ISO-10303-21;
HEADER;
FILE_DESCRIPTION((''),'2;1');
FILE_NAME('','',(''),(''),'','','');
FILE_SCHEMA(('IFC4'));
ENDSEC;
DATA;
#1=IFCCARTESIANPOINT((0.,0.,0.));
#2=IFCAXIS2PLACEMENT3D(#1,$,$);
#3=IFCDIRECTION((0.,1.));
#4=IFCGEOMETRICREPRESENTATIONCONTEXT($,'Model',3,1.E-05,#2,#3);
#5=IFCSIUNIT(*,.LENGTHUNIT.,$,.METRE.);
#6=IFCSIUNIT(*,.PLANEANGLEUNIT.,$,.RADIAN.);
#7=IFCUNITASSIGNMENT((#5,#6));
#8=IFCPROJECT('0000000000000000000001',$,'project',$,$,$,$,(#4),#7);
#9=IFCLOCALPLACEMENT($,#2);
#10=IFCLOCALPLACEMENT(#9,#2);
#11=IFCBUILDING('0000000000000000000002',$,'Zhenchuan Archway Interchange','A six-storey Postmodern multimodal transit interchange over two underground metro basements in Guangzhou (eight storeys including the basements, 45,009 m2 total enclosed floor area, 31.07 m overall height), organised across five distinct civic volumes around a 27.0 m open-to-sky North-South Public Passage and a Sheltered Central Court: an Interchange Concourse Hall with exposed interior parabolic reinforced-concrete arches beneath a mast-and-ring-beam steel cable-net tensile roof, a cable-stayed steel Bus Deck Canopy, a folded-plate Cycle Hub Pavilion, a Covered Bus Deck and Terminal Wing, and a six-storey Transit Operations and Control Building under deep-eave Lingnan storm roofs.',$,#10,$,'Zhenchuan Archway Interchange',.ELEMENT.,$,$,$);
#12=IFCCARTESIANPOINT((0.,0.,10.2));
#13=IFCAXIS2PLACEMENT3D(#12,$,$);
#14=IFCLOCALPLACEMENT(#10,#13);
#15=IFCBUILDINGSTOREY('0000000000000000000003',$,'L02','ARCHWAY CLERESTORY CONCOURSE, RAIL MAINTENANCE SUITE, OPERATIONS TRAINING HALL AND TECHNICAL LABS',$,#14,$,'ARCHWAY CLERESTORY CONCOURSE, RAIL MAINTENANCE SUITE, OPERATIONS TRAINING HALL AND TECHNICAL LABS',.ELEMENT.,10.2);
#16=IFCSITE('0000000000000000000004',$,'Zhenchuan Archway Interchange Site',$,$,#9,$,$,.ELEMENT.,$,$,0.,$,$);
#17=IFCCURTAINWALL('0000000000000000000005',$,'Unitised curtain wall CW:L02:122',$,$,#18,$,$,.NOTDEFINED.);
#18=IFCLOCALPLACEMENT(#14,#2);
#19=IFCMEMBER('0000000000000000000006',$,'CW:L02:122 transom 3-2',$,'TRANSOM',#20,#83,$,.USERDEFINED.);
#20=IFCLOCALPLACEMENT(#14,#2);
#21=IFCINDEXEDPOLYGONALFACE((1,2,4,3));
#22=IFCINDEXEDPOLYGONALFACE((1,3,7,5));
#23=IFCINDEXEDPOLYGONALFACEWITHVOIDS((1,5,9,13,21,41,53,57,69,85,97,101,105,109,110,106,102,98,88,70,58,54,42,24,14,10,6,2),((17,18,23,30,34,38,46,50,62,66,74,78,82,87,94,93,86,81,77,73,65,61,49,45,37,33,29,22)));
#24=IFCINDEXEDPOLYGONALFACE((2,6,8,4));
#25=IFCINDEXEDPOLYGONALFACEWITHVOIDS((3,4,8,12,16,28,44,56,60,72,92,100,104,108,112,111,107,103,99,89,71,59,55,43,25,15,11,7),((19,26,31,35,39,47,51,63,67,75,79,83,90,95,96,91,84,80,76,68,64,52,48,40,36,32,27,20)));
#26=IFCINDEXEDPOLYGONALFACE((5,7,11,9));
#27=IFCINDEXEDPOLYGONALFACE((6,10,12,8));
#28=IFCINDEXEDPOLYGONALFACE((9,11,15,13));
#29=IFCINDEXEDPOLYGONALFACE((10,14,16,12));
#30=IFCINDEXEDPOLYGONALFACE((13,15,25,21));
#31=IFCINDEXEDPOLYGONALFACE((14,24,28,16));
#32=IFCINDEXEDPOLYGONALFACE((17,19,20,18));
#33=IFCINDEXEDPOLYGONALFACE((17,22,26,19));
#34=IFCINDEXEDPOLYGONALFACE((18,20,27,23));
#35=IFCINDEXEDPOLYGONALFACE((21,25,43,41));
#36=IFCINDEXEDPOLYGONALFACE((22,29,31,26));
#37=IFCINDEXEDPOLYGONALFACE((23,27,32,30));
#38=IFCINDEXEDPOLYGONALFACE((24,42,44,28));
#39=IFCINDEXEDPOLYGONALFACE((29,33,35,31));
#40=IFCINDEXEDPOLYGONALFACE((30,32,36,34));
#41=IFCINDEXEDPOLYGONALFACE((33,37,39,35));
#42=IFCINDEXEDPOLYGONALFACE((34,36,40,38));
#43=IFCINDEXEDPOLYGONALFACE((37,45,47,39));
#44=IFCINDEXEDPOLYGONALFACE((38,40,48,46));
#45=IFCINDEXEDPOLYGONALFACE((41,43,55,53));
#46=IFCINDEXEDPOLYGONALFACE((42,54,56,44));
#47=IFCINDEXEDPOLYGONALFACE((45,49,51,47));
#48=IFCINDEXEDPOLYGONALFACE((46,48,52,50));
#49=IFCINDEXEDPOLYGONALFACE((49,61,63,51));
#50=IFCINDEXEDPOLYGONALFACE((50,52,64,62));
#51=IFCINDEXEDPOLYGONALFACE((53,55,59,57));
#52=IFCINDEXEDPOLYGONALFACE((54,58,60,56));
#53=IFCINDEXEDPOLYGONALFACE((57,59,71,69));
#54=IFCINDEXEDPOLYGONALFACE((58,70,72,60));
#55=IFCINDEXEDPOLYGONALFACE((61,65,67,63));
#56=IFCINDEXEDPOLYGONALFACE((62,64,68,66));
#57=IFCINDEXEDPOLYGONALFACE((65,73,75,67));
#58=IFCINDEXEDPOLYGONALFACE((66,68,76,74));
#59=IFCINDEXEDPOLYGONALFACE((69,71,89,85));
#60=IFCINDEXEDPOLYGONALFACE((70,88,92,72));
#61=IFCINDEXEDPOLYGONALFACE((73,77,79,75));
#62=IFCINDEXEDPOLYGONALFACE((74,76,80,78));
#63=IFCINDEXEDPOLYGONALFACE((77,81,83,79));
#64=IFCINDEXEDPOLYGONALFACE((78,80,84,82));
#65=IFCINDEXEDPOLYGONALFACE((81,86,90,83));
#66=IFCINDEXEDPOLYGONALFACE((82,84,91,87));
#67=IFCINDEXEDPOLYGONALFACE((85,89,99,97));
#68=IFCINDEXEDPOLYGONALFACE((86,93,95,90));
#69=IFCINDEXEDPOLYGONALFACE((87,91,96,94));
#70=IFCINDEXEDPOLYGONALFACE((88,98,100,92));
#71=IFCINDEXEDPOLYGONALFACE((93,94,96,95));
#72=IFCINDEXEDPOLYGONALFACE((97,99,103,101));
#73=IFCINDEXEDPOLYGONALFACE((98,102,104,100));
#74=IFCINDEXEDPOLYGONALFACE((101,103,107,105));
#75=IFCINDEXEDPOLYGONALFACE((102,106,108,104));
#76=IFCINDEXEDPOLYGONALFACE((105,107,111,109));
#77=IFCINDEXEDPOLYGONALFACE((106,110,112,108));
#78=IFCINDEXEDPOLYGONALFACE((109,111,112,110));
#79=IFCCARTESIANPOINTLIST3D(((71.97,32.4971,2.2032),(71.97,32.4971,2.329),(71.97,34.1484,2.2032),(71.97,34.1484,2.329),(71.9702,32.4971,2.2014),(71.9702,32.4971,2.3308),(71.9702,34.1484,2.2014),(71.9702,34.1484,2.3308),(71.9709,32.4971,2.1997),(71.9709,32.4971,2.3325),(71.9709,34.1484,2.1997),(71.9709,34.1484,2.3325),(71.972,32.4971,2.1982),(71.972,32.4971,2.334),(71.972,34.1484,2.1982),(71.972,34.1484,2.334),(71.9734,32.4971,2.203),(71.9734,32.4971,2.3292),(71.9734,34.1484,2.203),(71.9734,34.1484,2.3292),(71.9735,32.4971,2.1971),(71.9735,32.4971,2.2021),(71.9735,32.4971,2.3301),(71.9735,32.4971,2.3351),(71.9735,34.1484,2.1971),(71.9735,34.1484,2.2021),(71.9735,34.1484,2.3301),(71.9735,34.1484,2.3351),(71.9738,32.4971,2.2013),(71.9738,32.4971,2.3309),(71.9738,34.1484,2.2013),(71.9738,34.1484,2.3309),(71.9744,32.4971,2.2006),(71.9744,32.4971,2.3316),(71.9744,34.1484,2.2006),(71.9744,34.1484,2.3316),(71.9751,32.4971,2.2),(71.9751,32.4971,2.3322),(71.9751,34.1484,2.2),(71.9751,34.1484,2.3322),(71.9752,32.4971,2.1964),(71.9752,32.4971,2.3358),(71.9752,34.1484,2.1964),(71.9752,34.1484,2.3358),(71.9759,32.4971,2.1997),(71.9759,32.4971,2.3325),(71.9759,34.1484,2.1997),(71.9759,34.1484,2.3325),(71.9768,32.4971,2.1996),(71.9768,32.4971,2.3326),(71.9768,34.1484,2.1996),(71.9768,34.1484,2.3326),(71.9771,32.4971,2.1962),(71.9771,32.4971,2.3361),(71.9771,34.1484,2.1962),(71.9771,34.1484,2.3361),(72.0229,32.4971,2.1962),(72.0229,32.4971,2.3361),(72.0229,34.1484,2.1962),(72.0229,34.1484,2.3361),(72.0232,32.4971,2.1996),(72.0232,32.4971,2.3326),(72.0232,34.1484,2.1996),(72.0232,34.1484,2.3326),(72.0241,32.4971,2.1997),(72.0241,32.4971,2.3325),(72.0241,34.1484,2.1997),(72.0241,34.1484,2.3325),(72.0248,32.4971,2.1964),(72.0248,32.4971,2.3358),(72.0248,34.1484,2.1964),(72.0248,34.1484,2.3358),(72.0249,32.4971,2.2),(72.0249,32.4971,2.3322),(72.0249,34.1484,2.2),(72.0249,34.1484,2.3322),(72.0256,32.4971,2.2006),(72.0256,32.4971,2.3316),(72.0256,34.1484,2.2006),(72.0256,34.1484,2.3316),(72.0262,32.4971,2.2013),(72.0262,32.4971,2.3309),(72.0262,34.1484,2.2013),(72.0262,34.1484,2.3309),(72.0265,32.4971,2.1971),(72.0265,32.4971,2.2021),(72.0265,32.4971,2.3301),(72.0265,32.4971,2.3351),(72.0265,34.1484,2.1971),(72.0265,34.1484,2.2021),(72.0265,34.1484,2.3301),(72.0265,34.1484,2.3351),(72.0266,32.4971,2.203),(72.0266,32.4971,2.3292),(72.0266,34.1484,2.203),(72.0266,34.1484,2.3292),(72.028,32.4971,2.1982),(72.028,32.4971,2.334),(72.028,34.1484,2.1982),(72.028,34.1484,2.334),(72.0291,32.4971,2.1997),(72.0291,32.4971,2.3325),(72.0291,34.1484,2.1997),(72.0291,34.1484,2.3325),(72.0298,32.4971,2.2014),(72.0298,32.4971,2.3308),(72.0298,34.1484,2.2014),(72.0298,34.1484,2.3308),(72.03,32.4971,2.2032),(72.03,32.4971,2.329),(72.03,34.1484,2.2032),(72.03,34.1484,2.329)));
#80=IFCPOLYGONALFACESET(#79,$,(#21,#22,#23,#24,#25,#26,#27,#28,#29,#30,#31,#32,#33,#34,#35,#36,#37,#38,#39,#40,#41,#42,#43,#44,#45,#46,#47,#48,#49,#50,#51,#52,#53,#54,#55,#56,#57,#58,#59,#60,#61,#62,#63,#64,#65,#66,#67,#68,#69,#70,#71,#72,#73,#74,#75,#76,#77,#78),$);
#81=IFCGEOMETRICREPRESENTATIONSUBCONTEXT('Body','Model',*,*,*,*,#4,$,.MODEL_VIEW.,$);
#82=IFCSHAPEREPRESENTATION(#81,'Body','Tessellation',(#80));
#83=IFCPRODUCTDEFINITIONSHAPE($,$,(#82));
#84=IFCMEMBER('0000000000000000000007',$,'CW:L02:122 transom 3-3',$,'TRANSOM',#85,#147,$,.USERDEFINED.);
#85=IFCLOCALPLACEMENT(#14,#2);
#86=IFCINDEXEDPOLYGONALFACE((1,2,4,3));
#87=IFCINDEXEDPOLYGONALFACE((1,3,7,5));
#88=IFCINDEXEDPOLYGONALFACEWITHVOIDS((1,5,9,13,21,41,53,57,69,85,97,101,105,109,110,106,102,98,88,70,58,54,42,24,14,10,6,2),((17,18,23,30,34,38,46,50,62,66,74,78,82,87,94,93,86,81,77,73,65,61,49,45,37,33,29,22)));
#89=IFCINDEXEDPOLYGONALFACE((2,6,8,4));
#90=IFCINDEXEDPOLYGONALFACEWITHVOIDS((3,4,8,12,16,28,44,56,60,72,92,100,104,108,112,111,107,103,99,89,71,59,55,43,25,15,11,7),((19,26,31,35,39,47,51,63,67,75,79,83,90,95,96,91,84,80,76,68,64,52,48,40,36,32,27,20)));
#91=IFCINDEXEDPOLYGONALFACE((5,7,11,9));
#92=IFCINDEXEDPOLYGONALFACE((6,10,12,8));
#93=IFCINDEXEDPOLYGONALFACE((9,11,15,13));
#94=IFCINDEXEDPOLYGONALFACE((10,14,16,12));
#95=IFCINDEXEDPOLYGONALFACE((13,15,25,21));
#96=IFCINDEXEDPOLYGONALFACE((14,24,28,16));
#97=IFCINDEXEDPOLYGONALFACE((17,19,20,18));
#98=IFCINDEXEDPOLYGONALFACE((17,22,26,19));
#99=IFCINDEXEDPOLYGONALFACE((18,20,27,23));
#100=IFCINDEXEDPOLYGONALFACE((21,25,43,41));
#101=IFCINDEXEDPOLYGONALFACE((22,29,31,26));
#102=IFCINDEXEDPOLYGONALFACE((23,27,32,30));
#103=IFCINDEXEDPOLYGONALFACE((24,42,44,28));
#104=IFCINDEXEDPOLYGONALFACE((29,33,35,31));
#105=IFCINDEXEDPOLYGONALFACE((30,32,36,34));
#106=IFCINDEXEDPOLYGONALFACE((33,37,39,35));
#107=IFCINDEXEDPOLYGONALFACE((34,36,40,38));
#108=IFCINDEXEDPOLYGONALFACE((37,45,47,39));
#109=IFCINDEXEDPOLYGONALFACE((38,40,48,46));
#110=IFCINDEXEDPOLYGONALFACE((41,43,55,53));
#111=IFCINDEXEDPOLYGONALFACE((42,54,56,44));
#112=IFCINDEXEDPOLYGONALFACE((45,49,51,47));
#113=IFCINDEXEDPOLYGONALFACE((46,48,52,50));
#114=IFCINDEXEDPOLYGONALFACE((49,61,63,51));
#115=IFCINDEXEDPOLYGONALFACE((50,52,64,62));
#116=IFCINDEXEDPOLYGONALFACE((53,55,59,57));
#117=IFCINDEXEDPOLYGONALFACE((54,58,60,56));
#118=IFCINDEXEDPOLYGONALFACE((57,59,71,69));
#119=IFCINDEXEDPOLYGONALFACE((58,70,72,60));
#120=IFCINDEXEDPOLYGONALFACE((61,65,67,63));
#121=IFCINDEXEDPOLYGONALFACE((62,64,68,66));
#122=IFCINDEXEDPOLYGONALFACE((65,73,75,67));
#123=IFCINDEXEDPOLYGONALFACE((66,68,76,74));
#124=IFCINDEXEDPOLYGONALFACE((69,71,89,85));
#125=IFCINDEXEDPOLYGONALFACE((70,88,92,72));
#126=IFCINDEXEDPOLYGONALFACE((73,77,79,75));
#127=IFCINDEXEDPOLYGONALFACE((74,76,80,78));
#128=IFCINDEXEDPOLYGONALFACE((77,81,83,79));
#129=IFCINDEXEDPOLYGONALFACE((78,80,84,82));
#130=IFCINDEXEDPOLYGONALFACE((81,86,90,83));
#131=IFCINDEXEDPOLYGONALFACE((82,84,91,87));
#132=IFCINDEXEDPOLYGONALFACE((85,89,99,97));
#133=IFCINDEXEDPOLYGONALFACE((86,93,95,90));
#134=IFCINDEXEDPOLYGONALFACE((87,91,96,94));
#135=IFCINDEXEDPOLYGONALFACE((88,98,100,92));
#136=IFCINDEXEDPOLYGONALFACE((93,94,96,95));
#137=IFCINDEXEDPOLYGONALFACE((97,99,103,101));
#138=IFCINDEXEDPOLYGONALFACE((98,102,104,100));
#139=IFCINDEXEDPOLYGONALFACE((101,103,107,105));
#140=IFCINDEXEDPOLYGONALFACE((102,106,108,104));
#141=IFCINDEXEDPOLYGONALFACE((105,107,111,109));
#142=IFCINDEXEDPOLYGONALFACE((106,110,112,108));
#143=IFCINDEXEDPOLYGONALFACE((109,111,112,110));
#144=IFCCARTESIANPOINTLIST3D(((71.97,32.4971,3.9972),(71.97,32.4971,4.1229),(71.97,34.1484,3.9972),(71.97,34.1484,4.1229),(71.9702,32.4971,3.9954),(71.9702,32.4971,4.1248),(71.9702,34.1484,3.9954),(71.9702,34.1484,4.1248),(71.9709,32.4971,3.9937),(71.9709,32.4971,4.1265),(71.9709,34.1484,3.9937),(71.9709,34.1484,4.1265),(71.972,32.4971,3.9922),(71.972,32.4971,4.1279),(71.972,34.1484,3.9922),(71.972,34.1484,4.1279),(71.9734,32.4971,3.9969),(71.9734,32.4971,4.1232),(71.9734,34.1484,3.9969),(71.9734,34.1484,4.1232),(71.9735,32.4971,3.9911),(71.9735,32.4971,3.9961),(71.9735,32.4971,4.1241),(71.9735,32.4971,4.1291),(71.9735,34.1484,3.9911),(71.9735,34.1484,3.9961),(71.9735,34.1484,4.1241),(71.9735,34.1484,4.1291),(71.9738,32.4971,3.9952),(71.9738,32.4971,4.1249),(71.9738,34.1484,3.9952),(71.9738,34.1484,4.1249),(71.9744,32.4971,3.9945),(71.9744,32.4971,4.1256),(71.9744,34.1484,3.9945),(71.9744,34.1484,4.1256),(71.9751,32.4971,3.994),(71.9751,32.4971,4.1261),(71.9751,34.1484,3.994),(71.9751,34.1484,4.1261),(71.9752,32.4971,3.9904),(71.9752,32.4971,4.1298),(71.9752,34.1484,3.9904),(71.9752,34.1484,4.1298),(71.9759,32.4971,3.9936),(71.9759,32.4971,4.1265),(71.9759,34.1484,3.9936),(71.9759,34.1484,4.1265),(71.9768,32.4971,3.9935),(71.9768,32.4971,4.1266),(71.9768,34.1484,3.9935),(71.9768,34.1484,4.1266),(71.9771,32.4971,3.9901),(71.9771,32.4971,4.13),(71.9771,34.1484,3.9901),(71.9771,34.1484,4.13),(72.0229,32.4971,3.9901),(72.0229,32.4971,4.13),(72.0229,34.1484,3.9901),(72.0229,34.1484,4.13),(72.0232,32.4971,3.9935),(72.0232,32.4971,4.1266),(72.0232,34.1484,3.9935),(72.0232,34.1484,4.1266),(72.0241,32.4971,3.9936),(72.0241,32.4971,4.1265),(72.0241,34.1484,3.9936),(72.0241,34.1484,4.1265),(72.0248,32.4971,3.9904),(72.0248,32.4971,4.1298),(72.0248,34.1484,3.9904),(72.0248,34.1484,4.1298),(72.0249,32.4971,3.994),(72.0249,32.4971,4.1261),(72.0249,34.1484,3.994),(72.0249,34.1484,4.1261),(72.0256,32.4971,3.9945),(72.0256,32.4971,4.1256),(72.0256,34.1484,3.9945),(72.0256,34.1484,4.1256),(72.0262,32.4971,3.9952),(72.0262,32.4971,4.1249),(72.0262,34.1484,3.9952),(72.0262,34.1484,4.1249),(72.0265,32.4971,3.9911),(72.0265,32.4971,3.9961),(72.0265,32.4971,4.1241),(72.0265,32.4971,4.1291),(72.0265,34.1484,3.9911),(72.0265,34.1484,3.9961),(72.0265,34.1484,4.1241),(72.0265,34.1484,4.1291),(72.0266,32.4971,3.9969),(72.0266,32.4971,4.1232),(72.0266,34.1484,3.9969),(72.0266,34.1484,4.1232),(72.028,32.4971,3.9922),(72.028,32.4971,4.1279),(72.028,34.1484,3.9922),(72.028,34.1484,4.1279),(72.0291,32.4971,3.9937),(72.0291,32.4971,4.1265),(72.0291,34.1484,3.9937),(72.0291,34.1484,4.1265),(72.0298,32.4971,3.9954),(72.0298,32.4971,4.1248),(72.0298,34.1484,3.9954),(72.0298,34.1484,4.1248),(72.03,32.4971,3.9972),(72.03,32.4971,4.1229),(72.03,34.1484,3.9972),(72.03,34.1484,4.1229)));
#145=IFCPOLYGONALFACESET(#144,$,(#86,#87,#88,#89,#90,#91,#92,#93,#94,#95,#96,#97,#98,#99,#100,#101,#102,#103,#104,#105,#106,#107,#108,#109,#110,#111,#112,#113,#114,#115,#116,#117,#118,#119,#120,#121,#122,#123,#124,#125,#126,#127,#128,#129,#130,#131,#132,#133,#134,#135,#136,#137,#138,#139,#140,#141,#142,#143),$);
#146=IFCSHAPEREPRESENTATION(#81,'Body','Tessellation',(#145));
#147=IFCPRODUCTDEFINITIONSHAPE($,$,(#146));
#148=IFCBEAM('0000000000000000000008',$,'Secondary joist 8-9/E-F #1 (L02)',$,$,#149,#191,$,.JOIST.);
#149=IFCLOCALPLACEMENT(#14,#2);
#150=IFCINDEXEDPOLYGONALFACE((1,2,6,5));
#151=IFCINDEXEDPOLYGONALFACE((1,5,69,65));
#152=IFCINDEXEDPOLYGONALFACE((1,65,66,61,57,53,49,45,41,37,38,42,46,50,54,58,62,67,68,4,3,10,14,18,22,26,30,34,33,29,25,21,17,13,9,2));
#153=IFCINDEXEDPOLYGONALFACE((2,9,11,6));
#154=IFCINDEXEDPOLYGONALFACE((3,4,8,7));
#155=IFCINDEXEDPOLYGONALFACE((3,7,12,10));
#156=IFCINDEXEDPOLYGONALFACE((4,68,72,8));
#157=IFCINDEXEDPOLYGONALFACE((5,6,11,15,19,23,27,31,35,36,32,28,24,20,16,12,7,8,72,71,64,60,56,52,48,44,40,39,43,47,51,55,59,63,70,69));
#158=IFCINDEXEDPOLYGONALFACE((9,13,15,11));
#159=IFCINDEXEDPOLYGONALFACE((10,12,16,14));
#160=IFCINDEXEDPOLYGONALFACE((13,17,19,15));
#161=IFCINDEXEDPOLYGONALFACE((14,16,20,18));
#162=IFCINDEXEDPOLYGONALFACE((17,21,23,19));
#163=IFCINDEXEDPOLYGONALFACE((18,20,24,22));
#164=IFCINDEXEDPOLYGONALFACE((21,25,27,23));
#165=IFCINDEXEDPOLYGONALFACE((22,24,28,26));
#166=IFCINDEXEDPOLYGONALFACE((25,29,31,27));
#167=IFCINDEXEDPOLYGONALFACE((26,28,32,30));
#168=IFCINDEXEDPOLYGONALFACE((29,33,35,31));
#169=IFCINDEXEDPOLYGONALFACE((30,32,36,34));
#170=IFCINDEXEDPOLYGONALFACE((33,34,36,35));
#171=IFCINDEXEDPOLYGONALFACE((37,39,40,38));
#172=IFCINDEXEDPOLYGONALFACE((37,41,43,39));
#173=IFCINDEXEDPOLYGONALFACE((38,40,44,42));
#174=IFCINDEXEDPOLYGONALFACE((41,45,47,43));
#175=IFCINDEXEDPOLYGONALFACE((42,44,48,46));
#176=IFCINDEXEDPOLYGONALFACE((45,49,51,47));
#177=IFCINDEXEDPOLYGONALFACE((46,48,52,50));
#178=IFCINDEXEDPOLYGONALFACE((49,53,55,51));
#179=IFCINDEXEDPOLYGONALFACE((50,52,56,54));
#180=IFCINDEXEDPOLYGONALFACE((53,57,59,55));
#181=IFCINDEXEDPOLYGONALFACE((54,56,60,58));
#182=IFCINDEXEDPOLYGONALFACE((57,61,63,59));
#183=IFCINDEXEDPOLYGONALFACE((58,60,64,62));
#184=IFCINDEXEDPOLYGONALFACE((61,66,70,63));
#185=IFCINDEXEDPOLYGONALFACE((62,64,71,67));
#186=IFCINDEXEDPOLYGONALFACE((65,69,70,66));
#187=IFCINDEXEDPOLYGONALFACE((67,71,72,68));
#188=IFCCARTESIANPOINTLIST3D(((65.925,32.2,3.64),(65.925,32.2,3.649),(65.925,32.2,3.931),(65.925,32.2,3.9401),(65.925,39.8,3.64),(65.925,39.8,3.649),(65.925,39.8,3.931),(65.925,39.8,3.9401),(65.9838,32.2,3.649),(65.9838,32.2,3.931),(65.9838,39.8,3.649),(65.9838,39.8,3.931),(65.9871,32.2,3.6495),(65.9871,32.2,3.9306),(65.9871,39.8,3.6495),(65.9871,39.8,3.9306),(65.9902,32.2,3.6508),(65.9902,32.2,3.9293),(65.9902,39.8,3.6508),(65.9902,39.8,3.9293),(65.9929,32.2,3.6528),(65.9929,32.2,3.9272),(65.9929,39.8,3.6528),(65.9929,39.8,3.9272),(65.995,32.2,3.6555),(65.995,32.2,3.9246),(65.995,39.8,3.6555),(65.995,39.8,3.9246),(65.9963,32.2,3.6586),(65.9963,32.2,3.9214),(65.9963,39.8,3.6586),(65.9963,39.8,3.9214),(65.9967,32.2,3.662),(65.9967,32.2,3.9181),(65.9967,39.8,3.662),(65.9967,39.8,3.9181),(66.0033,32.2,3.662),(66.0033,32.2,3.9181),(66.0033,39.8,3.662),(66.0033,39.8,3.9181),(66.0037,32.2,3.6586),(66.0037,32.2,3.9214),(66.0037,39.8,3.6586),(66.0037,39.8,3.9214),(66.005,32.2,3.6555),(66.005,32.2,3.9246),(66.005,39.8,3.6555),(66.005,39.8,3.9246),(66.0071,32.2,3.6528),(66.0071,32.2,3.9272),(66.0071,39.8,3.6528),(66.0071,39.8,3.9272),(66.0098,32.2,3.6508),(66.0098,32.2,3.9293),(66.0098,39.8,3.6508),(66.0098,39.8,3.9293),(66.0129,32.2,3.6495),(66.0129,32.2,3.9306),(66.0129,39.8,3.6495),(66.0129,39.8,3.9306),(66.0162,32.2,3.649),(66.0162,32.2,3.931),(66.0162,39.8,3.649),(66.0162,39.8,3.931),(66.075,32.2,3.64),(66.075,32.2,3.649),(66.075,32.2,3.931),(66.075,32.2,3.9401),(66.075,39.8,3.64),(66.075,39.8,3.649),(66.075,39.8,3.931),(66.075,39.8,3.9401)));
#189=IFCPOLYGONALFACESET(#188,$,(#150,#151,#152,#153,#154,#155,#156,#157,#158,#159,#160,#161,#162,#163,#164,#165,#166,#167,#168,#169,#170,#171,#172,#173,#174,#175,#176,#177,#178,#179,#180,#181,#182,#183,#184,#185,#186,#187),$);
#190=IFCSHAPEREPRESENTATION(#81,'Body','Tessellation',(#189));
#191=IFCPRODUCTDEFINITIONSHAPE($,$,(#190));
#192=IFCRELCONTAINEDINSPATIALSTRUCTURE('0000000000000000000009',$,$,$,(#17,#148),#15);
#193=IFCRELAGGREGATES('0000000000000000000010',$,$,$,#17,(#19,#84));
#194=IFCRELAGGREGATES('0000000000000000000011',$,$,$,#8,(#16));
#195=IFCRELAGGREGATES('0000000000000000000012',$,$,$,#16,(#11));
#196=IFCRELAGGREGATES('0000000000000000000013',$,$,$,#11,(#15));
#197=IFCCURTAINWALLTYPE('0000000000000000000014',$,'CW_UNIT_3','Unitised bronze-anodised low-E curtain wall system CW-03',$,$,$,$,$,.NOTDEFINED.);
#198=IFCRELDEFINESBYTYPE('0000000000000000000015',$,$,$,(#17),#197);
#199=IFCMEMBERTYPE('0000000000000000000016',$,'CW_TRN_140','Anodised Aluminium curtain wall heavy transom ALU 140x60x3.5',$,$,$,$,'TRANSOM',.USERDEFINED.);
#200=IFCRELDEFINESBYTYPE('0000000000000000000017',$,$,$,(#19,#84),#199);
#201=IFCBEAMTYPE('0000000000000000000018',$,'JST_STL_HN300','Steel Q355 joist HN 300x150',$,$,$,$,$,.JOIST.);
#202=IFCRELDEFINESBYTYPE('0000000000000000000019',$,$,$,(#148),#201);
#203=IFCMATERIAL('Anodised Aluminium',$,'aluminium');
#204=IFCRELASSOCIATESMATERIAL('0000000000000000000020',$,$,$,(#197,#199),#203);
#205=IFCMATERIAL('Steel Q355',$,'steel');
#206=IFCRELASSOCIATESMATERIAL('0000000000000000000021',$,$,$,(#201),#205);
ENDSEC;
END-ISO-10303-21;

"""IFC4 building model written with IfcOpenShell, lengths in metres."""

from ifc_helpers import new_model, si_unit, direction, frame, origin, origin_2d, place, context, subcontext, project, spatial, hollow_rectangle, i_section, extrude, material, material_profile, profile_set, type_object, element, aggregate, save


model = new_model("IFC4")

# Units and contexts
model_context = context("Model", 3, precision=1e-05, world=origin(), true_north=direction((0.0, 1.0)))
body_context = subcontext(model_context, "Body", "Model", "MODEL_VIEW")
ifc_project = project(units=[si_unit("LENGTHUNIT", "METRE"), si_unit("PLANEANGLEUNIT", "RADIAN")], contexts=[model_context])

# Site, building, storey
site_placement = place(None, origin())
site = spatial("IfcSite", under=ifc_project, at=site_placement, Name="Zhenchuan Archway Interchange Site", CompositionType="ELEMENT", RefElevation=0.0)
building_placement = place(site_placement, origin())
building = spatial("IfcBuilding", under=site, at=building_placement, Name="Zhenchuan Archway Interchange", Description="A six-storey Postmodern multimodal transit interchange over two underground metro basements in Guangzhou (eight storeys including the basements, 45,009 m2 total enclosed floor area, 31.07 m overall height), organised across five distinct civic volumes around a 27.0 m open-to-sky North-South Public Passage and a Sheltered Central Court: an Interchange Concourse Hall with exposed interior parabolic reinforced-concrete arches beneath a mast-and-ring-beam steel cable-net tensile roof, a cable-stayed steel Bus Deck Canopy, a folded-plate Cycle Hub Pavilion, a Covered Bus Deck and Terminal Wing, and a six-storey Transit Operations and Control Building under deep-eave Lingnan storm roofs.", LongName="Zhenchuan Archway Interchange", CompositionType="ELEMENT")
storey_placement = place(building_placement, frame((0.0, 0.0, 10.2)))
storey = spatial("IfcBuildingStorey", under=building, at=storey_placement, Name="L02", Description="ARCHWAY CLERESTORY CONCOURSE, RAIL MAINTENANCE SUITE, OPERATIONS TRAINING HALL AND TECHNICAL LABS", LongName="ARCHWAY CLERESTORY CONCOURSE, RAIL MAINTENANCE SUITE, OPERATIONS TRAINING HALL AND TECHNICAL LABS", CompositionType="ELEMENT", Elevation=10.2)

# Curtain wall, members
ifc_material_1 = material(Name="Anodised Aluminium", Category="aluminium")
curtain_wall_type = type_object("IfcCurtainWallType", Name="CW_UNIT_3", Description="Unitised bronze-anodised low-E curtain wall system CW-03", PredefinedType="NOTDEFINED", material=ifc_material_1)
curtain_wall_placement = place(storey_placement, origin())
curtain_wall = element("IfcCurtainWall", 1, at=curtain_wall_placement, inside=storey, type_object=curtain_wall_type, Name="Unitised curtain wall CW:L02:122", PredefinedType="NOTDEFINED")
ifc_material_profile_1 = material_profile(ifc_material_1, hollow_rectangle(XDim=0.0601, YDim=0.1399, WallThickness=0.0034, InnerFilletRadius=0.0034, OuterFilletRadius=0.0071, at=origin_2d()), Name="ALU 140x60x3.5")
ifc_profile_set_1 = profile_set([ifc_material_profile_1], Name="Anodised Aluminium")
member_type_1 = type_object("IfcMemberType", Name="CW_TRN_140", Description="Anodised Aluminium curtain wall heavy transom ALU 140x60x3.5", ElementType="TRANSOM", PredefinedType="USERDEFINED", material=ifc_profile_set_1)
member_1_placement = place(storey_placement, frame((72.0, 34.1484, 2.2661), z_axis=(0.0, -1.0, 0.0), x_axis=(1.0, 0.0, 0.0)))
member_1 = element("IfcMember", 2, at=member_1_placement, type_object=member_type_1, Name="CW:L02:122 transom 3-2", ObjectType="TRANSOM", PredefinedType="USERDEFINED", context=body_context, shape_type="SweptSolid", body=[
    extrude(hollow_rectangle(XDim=0.0601, YDim=0.1399, WallThickness=0.0034, InnerFilletRadius=0.0034, OuterFilletRadius=0.0071, at=origin_2d()), origin(), (0.0, 0.0, 1.0), 1.6514),
])
member_2_placement = place(storey_placement, frame((72.0, 34.1484, 4.0601), z_axis=(0.0, -1.0, 0.0), x_axis=(1.0, 0.0, 0.0)))
member_2 = element("IfcMember", 3, at=member_2_placement, type_object=member_type_1, Name="CW:L02:122 transom 3-3", ObjectType="TRANSOM", PredefinedType="USERDEFINED", context=body_context, shape_type="SweptSolid", body=[
    extrude(hollow_rectangle(XDim=0.0601, YDim=0.1399, WallThickness=0.0034, InnerFilletRadius=0.0034, OuterFilletRadius=0.0071, at=origin_2d()), origin(), (0.0, 0.0, 1.0), 1.6514),
])

# Beam
ifc_material_2 = material(Name="Steel Q355", Category="steel")
ifc_material_profile_2 = material_profile(ifc_material_2, i_section(OverallWidth=0.1499, OverallDepth=0.3, WebThickness=0.0066, FlangeThickness=0.009, FilletRadius=0.0129, at=origin_2d()), Name="HN 300x150")
ifc_profile_set_2 = profile_set([ifc_material_profile_2], Name="Steel Q355")
beam_type_1 = type_object("IfcBeamType", Name="JST_STL_HN300", Description="Steel Q355 joist HN 300x150", PredefinedType="JOIST", material=ifc_profile_set_2)
for number, where, z_axis, x_axis, name in (
    (4, (66.0, 32.2, 3.79), (0.0, 1.0, 0.0), (-1.0, 0.0, 0.0), "Secondary joist 8-9/E-F #1 (L02)"),
):
    element("IfcBeam", number, at=place(storey_placement, frame(where, z_axis=z_axis, x_axis=x_axis)), inside=storey, type_object=beam_type_1, Name=name, PredefinedType="JOIST", context=body_context, shape_type="SweptSolid", body=[
        extrude(i_section(OverallWidth=0.1499, OverallDepth=0.3, WebThickness=0.0066, FlangeThickness=0.009, FilletRadius=0.0129, at=origin_2d()), origin(), (0.0, 0.0, 1.0), 7.6001),
    ])

aggregate(curtain_wall, [member_1, member_2])

save(model, "model.ifc")
